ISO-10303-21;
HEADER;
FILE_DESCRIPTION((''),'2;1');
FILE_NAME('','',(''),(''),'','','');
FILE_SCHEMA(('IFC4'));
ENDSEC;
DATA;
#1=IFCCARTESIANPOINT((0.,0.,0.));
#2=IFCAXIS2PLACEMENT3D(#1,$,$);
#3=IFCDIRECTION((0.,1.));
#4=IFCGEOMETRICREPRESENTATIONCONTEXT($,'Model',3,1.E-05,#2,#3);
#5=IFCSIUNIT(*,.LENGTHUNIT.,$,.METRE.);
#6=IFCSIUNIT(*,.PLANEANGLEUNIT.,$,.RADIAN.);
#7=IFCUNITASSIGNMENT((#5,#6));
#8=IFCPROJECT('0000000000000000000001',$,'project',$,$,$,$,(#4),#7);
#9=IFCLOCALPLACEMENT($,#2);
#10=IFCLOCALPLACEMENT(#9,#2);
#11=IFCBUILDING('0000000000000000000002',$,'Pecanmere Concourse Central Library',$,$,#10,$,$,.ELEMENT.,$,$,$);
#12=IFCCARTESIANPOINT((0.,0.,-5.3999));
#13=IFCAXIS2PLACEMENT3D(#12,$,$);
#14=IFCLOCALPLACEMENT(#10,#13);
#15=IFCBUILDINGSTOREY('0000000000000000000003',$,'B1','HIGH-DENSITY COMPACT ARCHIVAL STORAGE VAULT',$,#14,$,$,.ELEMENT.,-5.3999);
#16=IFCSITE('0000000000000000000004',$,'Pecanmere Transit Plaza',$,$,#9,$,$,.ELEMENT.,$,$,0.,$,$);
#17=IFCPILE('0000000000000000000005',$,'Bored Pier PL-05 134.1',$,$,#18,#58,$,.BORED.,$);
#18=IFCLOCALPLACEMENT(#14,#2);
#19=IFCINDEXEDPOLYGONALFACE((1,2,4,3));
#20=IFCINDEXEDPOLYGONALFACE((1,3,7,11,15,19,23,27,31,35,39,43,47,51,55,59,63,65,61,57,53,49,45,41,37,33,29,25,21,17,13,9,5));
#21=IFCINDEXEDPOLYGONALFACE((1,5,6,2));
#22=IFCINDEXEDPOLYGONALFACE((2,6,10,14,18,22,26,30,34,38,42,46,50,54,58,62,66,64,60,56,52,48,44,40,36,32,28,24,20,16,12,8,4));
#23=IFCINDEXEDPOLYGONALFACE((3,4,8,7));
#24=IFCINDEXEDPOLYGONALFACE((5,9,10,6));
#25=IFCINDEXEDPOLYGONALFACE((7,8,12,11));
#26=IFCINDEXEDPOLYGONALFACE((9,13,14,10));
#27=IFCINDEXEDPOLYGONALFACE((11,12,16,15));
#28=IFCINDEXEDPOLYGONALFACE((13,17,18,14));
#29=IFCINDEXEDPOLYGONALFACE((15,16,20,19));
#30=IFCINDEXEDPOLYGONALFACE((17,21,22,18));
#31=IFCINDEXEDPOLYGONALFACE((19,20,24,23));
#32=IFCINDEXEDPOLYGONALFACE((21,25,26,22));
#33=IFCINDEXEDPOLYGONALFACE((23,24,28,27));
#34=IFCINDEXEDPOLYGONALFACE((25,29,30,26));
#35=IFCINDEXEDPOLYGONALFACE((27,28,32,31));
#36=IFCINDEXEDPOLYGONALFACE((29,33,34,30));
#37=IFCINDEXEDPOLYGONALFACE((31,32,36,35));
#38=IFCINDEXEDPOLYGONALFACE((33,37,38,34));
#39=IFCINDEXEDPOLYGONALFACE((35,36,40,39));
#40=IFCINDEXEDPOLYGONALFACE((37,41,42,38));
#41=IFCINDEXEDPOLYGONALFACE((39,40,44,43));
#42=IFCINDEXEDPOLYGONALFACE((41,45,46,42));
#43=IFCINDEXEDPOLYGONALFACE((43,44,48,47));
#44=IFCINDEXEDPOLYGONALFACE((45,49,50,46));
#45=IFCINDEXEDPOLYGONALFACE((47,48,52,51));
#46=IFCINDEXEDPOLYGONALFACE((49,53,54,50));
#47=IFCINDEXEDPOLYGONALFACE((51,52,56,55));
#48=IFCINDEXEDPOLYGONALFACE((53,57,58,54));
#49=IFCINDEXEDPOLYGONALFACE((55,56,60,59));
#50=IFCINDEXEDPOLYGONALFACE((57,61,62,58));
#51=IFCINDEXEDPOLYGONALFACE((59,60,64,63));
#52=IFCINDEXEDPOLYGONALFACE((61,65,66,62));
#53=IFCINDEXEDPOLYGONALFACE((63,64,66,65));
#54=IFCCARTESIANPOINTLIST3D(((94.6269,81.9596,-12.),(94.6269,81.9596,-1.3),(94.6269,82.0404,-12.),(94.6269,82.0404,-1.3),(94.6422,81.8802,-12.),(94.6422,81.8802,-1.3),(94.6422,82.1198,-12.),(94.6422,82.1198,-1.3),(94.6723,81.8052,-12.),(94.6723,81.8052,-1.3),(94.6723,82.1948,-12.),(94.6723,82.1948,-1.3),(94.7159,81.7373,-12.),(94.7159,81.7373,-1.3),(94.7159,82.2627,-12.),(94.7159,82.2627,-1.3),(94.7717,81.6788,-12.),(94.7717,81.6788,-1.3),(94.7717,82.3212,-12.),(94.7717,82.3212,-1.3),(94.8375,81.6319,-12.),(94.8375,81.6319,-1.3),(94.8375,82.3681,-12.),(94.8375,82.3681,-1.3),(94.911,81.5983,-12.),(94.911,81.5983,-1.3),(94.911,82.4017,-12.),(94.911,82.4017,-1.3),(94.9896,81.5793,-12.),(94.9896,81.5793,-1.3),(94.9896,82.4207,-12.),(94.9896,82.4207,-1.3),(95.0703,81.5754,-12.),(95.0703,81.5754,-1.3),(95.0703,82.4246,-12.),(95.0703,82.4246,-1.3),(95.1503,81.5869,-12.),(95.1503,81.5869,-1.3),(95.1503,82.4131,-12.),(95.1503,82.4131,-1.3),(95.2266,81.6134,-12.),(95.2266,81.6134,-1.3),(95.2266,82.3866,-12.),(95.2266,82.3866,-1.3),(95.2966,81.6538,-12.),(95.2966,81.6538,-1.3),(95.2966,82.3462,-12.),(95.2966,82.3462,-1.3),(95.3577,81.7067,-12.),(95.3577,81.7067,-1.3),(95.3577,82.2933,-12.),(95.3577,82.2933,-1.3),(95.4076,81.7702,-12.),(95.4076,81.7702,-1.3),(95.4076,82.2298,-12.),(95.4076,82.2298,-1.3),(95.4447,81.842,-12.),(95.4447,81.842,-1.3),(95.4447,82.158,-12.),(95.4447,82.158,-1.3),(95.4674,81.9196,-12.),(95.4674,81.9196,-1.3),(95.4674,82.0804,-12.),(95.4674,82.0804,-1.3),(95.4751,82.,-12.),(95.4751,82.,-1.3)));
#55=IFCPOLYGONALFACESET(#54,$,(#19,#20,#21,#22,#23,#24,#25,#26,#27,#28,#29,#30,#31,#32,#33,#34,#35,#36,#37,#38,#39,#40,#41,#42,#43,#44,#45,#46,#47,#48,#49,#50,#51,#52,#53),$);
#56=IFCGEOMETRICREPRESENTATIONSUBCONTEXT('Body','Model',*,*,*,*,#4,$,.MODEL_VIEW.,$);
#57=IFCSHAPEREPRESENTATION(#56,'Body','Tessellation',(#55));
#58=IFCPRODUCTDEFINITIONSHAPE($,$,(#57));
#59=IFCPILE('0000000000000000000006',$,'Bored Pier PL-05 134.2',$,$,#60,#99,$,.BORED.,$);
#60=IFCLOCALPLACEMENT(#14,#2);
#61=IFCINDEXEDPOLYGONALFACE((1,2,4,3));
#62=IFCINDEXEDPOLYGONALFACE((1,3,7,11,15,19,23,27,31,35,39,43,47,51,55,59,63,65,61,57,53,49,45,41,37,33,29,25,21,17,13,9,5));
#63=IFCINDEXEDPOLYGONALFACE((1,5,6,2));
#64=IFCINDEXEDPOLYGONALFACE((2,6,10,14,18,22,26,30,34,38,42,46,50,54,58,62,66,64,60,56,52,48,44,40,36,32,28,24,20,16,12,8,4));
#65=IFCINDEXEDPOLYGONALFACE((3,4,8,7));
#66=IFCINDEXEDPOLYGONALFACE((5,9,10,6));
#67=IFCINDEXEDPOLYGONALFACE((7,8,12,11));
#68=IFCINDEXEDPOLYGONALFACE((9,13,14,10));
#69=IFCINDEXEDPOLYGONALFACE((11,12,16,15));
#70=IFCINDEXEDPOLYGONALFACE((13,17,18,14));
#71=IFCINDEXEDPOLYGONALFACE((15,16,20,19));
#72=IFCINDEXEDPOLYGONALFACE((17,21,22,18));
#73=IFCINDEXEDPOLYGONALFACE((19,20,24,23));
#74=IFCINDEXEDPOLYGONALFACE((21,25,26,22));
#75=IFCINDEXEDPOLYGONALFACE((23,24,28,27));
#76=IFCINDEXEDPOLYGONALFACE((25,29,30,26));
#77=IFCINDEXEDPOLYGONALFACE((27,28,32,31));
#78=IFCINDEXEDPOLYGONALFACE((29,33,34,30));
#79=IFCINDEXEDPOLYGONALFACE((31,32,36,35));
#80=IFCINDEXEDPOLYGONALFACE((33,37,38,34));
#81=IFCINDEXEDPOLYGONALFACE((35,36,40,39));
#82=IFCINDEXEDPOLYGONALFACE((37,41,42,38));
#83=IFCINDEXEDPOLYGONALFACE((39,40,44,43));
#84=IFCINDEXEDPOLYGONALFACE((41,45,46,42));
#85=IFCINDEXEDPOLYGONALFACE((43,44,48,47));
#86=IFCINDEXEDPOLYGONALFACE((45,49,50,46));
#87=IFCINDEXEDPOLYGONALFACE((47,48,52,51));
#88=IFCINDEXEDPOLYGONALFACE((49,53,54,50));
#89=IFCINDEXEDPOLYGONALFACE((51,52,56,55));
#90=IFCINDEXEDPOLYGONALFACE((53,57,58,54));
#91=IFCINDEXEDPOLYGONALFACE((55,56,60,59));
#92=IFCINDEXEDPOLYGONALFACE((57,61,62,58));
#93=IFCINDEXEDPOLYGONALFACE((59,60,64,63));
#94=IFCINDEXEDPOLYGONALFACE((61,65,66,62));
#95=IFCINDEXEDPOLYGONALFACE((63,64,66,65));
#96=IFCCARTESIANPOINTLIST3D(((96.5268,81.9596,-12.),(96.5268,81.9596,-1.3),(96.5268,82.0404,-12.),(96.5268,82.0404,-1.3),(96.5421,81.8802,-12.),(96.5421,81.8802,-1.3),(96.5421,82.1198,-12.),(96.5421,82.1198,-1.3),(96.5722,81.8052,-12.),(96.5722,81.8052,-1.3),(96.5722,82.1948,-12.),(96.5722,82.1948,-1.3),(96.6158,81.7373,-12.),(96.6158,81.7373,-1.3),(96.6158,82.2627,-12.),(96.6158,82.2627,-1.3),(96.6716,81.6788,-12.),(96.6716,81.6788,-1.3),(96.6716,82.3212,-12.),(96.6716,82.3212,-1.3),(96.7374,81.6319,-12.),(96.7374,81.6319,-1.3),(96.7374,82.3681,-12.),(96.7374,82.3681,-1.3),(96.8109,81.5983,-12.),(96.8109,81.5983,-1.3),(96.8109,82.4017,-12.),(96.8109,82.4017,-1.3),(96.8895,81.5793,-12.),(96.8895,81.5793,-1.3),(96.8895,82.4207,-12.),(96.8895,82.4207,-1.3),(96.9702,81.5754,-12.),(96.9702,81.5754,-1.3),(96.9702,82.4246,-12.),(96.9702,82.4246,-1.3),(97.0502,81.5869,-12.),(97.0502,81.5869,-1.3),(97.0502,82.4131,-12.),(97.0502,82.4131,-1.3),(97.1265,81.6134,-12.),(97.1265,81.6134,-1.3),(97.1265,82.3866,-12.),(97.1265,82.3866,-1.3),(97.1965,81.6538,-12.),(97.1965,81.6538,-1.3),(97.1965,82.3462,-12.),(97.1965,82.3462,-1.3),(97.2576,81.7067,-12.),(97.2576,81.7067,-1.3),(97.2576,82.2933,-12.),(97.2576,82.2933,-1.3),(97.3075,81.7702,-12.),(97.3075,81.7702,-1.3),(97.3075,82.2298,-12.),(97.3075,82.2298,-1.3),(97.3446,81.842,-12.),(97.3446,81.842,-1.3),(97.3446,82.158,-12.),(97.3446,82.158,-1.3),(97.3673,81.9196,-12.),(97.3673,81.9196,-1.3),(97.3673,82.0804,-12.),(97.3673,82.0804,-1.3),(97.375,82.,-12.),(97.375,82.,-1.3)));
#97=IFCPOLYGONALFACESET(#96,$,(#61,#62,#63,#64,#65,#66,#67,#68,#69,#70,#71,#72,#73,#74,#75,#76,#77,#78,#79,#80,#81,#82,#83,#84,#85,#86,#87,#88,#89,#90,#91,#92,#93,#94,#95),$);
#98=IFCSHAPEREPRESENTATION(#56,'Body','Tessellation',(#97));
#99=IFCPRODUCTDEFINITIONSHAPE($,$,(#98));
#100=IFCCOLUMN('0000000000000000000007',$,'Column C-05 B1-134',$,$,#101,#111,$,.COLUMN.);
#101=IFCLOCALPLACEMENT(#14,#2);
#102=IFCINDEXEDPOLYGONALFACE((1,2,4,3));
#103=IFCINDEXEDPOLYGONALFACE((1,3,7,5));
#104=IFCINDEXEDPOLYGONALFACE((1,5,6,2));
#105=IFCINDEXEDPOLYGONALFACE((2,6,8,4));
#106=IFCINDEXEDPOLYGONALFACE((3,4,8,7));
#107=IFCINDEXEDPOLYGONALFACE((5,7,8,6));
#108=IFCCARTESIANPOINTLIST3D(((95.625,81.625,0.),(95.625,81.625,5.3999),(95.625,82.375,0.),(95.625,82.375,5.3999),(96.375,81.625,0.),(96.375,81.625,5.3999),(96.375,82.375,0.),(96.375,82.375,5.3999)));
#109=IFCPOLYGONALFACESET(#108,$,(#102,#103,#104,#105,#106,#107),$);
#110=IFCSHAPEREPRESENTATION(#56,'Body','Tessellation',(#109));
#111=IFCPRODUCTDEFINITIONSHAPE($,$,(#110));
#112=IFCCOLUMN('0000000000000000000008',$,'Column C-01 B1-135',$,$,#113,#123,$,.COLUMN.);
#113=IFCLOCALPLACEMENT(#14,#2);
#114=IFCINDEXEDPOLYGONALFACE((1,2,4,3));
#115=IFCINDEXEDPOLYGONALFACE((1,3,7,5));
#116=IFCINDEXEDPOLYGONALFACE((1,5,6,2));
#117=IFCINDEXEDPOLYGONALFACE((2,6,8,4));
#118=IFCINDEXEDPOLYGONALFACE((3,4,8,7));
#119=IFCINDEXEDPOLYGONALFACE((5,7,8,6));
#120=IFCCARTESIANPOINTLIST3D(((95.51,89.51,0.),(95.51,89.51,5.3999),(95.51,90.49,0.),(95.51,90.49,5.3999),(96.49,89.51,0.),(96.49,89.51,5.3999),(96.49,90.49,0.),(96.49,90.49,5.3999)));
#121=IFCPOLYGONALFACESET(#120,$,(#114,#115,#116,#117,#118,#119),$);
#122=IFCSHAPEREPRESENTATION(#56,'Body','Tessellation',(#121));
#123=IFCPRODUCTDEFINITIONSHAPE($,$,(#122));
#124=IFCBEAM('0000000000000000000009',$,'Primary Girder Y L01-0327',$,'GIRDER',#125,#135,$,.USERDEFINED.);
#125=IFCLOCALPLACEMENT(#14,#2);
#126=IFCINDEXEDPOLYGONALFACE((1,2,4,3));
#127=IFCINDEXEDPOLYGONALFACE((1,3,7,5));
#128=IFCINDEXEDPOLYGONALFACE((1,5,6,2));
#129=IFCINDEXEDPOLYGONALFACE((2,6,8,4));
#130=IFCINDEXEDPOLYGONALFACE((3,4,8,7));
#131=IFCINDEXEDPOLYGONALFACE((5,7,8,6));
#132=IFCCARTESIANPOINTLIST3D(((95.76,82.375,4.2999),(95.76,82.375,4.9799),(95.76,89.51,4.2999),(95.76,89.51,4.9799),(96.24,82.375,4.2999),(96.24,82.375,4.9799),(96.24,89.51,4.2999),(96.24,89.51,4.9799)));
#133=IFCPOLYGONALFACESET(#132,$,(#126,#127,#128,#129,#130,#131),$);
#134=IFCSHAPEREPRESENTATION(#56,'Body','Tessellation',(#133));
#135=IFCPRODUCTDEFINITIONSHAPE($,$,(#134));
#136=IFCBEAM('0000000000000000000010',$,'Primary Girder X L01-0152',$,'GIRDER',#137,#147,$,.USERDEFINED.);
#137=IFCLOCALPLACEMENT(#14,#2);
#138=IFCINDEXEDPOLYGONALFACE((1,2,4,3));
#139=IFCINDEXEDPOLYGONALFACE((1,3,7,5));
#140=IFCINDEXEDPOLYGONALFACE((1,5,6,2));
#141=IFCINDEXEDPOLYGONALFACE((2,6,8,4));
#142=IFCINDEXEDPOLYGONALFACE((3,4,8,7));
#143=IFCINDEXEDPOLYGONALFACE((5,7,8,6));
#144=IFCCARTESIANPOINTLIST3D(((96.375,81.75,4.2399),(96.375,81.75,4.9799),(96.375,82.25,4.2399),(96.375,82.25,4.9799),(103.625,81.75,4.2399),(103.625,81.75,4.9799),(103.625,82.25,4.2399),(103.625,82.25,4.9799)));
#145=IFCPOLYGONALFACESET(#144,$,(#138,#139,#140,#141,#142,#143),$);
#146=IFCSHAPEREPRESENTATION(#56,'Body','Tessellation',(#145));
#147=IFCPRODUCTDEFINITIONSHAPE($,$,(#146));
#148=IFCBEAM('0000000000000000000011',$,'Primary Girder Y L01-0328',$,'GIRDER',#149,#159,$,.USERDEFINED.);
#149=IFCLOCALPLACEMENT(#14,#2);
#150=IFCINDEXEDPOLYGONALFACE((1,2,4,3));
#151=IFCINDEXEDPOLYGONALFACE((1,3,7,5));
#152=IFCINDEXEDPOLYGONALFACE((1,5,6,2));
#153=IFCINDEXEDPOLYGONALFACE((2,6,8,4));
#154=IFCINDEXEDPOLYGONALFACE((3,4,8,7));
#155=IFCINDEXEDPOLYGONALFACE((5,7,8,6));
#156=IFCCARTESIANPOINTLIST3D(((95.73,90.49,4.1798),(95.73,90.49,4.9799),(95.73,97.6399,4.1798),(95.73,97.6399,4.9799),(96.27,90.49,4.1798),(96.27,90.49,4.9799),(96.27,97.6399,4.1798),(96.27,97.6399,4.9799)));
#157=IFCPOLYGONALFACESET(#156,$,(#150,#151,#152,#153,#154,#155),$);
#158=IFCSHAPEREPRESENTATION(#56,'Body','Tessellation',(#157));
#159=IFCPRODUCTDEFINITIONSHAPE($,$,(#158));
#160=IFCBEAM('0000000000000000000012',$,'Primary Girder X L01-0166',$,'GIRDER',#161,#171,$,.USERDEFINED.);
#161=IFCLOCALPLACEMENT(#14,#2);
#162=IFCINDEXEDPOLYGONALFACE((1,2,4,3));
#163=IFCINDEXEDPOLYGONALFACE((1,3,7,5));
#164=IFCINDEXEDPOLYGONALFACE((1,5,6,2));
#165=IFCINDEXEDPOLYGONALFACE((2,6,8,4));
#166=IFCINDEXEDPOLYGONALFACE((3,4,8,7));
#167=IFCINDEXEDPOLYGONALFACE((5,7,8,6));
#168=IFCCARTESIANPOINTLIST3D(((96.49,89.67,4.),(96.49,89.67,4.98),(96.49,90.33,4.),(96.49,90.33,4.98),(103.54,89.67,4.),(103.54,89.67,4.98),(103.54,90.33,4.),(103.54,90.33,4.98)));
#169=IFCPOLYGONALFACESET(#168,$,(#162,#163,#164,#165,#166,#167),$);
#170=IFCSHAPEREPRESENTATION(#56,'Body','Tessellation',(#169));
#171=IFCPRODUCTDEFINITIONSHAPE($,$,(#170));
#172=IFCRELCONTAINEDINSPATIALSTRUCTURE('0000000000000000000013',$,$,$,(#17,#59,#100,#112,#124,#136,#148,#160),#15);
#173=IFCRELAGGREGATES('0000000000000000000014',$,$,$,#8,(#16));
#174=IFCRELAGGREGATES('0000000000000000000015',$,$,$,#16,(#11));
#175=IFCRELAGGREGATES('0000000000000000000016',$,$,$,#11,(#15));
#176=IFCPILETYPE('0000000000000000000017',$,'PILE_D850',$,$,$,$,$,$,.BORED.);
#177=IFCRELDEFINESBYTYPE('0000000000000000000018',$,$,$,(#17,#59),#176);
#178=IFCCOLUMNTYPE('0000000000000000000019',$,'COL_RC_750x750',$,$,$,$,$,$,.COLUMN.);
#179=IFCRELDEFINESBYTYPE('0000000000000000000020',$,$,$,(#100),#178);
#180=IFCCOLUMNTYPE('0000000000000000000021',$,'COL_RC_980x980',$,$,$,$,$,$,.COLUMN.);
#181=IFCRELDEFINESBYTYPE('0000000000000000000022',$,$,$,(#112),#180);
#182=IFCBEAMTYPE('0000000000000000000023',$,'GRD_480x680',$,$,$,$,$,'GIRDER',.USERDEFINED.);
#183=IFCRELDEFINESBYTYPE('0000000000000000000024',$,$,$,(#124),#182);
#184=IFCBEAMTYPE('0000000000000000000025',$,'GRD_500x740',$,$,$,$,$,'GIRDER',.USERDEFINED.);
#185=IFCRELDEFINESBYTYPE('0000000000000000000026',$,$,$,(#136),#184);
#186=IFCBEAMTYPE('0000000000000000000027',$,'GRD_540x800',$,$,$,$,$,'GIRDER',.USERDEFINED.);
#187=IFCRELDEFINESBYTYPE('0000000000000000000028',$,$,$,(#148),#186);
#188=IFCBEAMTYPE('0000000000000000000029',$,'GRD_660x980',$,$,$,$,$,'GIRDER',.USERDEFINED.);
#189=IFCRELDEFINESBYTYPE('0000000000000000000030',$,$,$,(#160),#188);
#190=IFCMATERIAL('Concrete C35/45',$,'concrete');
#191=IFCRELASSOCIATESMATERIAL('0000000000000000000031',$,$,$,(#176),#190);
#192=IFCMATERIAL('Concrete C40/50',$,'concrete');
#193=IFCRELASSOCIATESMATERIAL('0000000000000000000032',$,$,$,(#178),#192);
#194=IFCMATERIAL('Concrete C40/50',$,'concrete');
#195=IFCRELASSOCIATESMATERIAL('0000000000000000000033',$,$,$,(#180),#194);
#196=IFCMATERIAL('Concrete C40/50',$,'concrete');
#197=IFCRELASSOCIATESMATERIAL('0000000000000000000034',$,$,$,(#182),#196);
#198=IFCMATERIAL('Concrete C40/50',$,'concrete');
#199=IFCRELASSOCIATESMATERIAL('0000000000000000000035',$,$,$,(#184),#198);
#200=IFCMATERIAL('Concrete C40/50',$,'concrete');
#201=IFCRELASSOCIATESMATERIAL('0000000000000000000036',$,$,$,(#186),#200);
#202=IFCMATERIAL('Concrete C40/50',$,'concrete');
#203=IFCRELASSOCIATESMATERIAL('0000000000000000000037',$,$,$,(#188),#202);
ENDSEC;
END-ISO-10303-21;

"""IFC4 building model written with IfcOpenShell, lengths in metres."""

from ifc_helpers import new_model, si_unit, direction, frame, origin, origin_2d, place, context, subcontext, project, spatial, rectangle, circle, extrude, material, material_profile, profile_set, type_object, element, save


model = new_model("IFC4")

# Units and contexts
model_context = context("Model", 3, precision=1e-05, world=origin(), true_north=direction((0.0, 1.0)))
body_context = subcontext(model_context, "Body", "Model", "MODEL_VIEW")
ifc_project = project(units=[si_unit("LENGTHUNIT", "METRE"), si_unit("PLANEANGLEUNIT", "RADIAN")], contexts=[model_context])

# Site, building, storey
site_placement = place(None, origin())
site = spatial("IfcSite", under=ifc_project, at=site_placement, Name="Pecanmere Transit Plaza", CompositionType="ELEMENT", RefElevation=0.0)
building_placement = place(site_placement, origin())
building = spatial("IfcBuilding", under=site, at=building_placement, Name="Pecanmere Concourse Central Library", CompositionType="ELEMENT")
storey_placement = place(building_placement, frame((0.0, 0.0, -5.3999)))
storey = spatial("IfcBuildingStorey", under=building, at=storey_placement, Name="B1", Description="HIGH-DENSITY COMPACT ARCHIVAL STORAGE VAULT", CompositionType="ELEMENT", Elevation=-5.3999)

# Piles
ifc_material_1 = material(Name="Concrete C35/45", Category="concrete")
ifc_material_profile_1 = material_profile(ifc_material_1, circle(Radius=0.425, at=origin_2d()), Name="PIER D850")
ifc_profile_set_1 = profile_set([ifc_material_profile_1], Name="Concrete C35/45")
pile_type_1 = type_object("IfcPileType", Name="PILE_D850", PredefinedType="BORED", material=ifc_profile_set_1)
for number, where, z_axis, x_axis, name in (
    (1, (95.05, 82.0, -1.3), (0.0, 0.0, -1.0), (1.0, 0.0, 0.0), "Bored Pier PL-05 134.1"),
    (2, (96.95, 82.0, -1.3), (0.0, 0.0, -1.0), (1.0, 0.0, 0.0), "Bored Pier PL-05 134.2"),
):
    element("IfcPile", number, at=place(storey_placement, frame(where, z_axis=z_axis, x_axis=x_axis)), inside=storey, type_object=pile_type_1, Name=name, PredefinedType="BORED", context=body_context, shape_type="SweptSolid", body=[
        extrude(circle(Radius=0.425, at=origin_2d()), origin(), (0.0, 0.0, 1.0), 10.7),
    ])

# Columns
ifc_material_2 = material(Name="Concrete C40/50", Category="concrete")
ifc_material_profile_2 = material_profile(ifc_material_2, rectangle(XDim=0.75, YDim=0.75, at=origin_2d()), Name="RC 750x750")
ifc_profile_set_2 = profile_set([ifc_material_profile_2], Name="Concrete C40/50")
column_type_1 = type_object("IfcColumnType", Name="COL_RC_750x750", PredefinedType="COLUMN", material=ifc_profile_set_2)
column_1_placement = place(storey_placement, frame((96.0, 82.0, 0.0), z_axis=(0.0, 0.0, 1.0), x_axis=(1.0, 0.0, 0.0)))
element("IfcColumn", 3, at=column_1_placement, inside=storey, type_object=column_type_1, Name="Column C-05 B1-134", PredefinedType="COLUMN", context=body_context, shape_type="SweptSolid", body=[
    extrude(rectangle(XDim=0.75, YDim=0.75, at=origin_2d()), origin(), (0.0, 0.0, 1.0), 5.3999),
])
ifc_material_3 = material(Name="Concrete C40/50", Category="concrete")
ifc_material_profile_3 = material_profile(ifc_material_3, rectangle(XDim=0.98, YDim=0.98, at=origin_2d()), Name="RC 980x980")
ifc_profile_set_3 = profile_set([ifc_material_profile_3], Name="Concrete C40/50")
column_type_2 = type_object("IfcColumnType", Name="COL_RC_980x980", PredefinedType="COLUMN", material=ifc_profile_set_3)
column_2_placement = place(storey_placement, frame((96.0, 90.0, 0.0), z_axis=(0.0, 0.0, 1.0), x_axis=(1.0, 0.0, 0.0)))
element("IfcColumn", 4, at=column_2_placement, inside=storey, type_object=column_type_2, Name="Column C-01 B1-135", PredefinedType="COLUMN", context=body_context, shape_type="SweptSolid", body=[
    extrude(rectangle(XDim=0.98, YDim=0.98, at=origin_2d()), origin(), (0.0, 0.0, 1.0), 5.3999),
])

# Beams
ifc_material_4 = material(Name="Concrete C40/50", Category="concrete")
ifc_material_profile_4 = material_profile(ifc_material_4, rectangle(XDim=0.48, YDim=0.6799, at=origin_2d()), Name="RC 480x680")
ifc_profile_set_4 = profile_set([ifc_material_profile_4], Name="Concrete C40/50")
beam_type_1 = type_object("IfcBeamType", Name="GRD_480x680", ElementType="GIRDER", PredefinedType="USERDEFINED", material=ifc_profile_set_4)
beam_1_placement = place(storey_placement, frame((96.0, 82.375, 4.6399), z_axis=(0.0, 1.0, 0.0), x_axis=(-1.0, 0.0, 0.0)))
element("IfcBeam", 5, at=beam_1_placement, inside=storey, type_object=beam_type_1, Name="Primary Girder Y L01-0327", ObjectType="GIRDER", PredefinedType="USERDEFINED", context=body_context, shape_type="SweptSolid", body=[
    extrude(rectangle(XDim=0.48, YDim=0.6799, at=origin_2d()), origin(), (0.0, 0.0, 1.0), 7.135),
])
ifc_material_5 = material(Name="Concrete C40/50", Category="concrete")
ifc_material_profile_5 = material_profile(ifc_material_5, rectangle(XDim=0.5, YDim=0.74, at=origin_2d()), Name="RC 500x740")
ifc_profile_set_5 = profile_set([ifc_material_profile_5], Name="Concrete C40/50")
beam_type_2 = type_object("IfcBeamType", Name="GRD_500x740", ElementType="GIRDER", PredefinedType="USERDEFINED", material=ifc_profile_set_5)
beam_2_placement = place(storey_placement, frame((96.375, 82.0, 4.6099), z_axis=(1.0, 0.0, 0.0), x_axis=(0.0, 1.0, 0.0)))
element("IfcBeam", 6, at=beam_2_placement, inside=storey, type_object=beam_type_2, Name="Primary Girder X L01-0152", ObjectType="GIRDER", PredefinedType="USERDEFINED", context=body_context, shape_type="SweptSolid", body=[
    extrude(rectangle(XDim=0.5, YDim=0.74, at=origin_2d()), origin(), (0.0, 0.0, 1.0), 7.25),
])
ifc_material_6 = material(Name="Concrete C40/50", Category="concrete")
ifc_material_profile_6 = material_profile(ifc_material_6, rectangle(XDim=0.54, YDim=0.8, at=origin_2d()), Name="RC 540x800")
ifc_profile_set_6 = profile_set([ifc_material_profile_6], Name="Concrete C40/50")
beam_type_3 = type_object("IfcBeamType", Name="GRD_540x800", ElementType="GIRDER", PredefinedType="USERDEFINED", material=ifc_profile_set_6)
beam_3_placement = place(storey_placement, frame((96.0, 90.49, 4.5798), z_axis=(0.0, 1.0, 0.0), x_axis=(-1.0, 0.0, 0.0)))
element("IfcBeam", 7, at=beam_3_placement, inside=storey, type_object=beam_type_3, Name="Primary Girder Y L01-0328", ObjectType="GIRDER", PredefinedType="USERDEFINED", context=body_context, shape_type="SweptSolid", body=[
    extrude(rectangle(XDim=0.54, YDim=0.8, at=origin_2d()), origin(), (0.0, 0.0, 1.0), 7.1499),
])
ifc_material_7 = material(Name="Concrete C40/50", Category="concrete")
ifc_material_profile_7 = material_profile(ifc_material_7, rectangle(XDim=0.6599, YDim=0.98, at=origin_2d()), Name="RC 660x980")
ifc_profile_set_7 = profile_set([ifc_material_profile_7], Name="Concrete C40/50")
beam_type_4 = type_object("IfcBeamType", Name="GRD_660x980", ElementType="GIRDER", PredefinedType="USERDEFINED", material=ifc_profile_set_7)
beam_4_placement = place(storey_placement, frame((96.49, 90.0, 4.49), z_axis=(1.0, 0.0, 0.0), x_axis=(0.0, 1.0, 0.0)))
element("IfcBeam", 8, at=beam_4_placement, inside=storey, type_object=beam_type_4, Name="Primary Girder X L01-0166", ObjectType="GIRDER", PredefinedType="USERDEFINED", context=body_context, shape_type="SweptSolid", body=[
    extrude(rectangle(XDim=0.6599, YDim=0.98, at=origin_2d()), origin(), (0.0, 0.0, 1.0), 7.05),
])

save(model, "model.ifc")
